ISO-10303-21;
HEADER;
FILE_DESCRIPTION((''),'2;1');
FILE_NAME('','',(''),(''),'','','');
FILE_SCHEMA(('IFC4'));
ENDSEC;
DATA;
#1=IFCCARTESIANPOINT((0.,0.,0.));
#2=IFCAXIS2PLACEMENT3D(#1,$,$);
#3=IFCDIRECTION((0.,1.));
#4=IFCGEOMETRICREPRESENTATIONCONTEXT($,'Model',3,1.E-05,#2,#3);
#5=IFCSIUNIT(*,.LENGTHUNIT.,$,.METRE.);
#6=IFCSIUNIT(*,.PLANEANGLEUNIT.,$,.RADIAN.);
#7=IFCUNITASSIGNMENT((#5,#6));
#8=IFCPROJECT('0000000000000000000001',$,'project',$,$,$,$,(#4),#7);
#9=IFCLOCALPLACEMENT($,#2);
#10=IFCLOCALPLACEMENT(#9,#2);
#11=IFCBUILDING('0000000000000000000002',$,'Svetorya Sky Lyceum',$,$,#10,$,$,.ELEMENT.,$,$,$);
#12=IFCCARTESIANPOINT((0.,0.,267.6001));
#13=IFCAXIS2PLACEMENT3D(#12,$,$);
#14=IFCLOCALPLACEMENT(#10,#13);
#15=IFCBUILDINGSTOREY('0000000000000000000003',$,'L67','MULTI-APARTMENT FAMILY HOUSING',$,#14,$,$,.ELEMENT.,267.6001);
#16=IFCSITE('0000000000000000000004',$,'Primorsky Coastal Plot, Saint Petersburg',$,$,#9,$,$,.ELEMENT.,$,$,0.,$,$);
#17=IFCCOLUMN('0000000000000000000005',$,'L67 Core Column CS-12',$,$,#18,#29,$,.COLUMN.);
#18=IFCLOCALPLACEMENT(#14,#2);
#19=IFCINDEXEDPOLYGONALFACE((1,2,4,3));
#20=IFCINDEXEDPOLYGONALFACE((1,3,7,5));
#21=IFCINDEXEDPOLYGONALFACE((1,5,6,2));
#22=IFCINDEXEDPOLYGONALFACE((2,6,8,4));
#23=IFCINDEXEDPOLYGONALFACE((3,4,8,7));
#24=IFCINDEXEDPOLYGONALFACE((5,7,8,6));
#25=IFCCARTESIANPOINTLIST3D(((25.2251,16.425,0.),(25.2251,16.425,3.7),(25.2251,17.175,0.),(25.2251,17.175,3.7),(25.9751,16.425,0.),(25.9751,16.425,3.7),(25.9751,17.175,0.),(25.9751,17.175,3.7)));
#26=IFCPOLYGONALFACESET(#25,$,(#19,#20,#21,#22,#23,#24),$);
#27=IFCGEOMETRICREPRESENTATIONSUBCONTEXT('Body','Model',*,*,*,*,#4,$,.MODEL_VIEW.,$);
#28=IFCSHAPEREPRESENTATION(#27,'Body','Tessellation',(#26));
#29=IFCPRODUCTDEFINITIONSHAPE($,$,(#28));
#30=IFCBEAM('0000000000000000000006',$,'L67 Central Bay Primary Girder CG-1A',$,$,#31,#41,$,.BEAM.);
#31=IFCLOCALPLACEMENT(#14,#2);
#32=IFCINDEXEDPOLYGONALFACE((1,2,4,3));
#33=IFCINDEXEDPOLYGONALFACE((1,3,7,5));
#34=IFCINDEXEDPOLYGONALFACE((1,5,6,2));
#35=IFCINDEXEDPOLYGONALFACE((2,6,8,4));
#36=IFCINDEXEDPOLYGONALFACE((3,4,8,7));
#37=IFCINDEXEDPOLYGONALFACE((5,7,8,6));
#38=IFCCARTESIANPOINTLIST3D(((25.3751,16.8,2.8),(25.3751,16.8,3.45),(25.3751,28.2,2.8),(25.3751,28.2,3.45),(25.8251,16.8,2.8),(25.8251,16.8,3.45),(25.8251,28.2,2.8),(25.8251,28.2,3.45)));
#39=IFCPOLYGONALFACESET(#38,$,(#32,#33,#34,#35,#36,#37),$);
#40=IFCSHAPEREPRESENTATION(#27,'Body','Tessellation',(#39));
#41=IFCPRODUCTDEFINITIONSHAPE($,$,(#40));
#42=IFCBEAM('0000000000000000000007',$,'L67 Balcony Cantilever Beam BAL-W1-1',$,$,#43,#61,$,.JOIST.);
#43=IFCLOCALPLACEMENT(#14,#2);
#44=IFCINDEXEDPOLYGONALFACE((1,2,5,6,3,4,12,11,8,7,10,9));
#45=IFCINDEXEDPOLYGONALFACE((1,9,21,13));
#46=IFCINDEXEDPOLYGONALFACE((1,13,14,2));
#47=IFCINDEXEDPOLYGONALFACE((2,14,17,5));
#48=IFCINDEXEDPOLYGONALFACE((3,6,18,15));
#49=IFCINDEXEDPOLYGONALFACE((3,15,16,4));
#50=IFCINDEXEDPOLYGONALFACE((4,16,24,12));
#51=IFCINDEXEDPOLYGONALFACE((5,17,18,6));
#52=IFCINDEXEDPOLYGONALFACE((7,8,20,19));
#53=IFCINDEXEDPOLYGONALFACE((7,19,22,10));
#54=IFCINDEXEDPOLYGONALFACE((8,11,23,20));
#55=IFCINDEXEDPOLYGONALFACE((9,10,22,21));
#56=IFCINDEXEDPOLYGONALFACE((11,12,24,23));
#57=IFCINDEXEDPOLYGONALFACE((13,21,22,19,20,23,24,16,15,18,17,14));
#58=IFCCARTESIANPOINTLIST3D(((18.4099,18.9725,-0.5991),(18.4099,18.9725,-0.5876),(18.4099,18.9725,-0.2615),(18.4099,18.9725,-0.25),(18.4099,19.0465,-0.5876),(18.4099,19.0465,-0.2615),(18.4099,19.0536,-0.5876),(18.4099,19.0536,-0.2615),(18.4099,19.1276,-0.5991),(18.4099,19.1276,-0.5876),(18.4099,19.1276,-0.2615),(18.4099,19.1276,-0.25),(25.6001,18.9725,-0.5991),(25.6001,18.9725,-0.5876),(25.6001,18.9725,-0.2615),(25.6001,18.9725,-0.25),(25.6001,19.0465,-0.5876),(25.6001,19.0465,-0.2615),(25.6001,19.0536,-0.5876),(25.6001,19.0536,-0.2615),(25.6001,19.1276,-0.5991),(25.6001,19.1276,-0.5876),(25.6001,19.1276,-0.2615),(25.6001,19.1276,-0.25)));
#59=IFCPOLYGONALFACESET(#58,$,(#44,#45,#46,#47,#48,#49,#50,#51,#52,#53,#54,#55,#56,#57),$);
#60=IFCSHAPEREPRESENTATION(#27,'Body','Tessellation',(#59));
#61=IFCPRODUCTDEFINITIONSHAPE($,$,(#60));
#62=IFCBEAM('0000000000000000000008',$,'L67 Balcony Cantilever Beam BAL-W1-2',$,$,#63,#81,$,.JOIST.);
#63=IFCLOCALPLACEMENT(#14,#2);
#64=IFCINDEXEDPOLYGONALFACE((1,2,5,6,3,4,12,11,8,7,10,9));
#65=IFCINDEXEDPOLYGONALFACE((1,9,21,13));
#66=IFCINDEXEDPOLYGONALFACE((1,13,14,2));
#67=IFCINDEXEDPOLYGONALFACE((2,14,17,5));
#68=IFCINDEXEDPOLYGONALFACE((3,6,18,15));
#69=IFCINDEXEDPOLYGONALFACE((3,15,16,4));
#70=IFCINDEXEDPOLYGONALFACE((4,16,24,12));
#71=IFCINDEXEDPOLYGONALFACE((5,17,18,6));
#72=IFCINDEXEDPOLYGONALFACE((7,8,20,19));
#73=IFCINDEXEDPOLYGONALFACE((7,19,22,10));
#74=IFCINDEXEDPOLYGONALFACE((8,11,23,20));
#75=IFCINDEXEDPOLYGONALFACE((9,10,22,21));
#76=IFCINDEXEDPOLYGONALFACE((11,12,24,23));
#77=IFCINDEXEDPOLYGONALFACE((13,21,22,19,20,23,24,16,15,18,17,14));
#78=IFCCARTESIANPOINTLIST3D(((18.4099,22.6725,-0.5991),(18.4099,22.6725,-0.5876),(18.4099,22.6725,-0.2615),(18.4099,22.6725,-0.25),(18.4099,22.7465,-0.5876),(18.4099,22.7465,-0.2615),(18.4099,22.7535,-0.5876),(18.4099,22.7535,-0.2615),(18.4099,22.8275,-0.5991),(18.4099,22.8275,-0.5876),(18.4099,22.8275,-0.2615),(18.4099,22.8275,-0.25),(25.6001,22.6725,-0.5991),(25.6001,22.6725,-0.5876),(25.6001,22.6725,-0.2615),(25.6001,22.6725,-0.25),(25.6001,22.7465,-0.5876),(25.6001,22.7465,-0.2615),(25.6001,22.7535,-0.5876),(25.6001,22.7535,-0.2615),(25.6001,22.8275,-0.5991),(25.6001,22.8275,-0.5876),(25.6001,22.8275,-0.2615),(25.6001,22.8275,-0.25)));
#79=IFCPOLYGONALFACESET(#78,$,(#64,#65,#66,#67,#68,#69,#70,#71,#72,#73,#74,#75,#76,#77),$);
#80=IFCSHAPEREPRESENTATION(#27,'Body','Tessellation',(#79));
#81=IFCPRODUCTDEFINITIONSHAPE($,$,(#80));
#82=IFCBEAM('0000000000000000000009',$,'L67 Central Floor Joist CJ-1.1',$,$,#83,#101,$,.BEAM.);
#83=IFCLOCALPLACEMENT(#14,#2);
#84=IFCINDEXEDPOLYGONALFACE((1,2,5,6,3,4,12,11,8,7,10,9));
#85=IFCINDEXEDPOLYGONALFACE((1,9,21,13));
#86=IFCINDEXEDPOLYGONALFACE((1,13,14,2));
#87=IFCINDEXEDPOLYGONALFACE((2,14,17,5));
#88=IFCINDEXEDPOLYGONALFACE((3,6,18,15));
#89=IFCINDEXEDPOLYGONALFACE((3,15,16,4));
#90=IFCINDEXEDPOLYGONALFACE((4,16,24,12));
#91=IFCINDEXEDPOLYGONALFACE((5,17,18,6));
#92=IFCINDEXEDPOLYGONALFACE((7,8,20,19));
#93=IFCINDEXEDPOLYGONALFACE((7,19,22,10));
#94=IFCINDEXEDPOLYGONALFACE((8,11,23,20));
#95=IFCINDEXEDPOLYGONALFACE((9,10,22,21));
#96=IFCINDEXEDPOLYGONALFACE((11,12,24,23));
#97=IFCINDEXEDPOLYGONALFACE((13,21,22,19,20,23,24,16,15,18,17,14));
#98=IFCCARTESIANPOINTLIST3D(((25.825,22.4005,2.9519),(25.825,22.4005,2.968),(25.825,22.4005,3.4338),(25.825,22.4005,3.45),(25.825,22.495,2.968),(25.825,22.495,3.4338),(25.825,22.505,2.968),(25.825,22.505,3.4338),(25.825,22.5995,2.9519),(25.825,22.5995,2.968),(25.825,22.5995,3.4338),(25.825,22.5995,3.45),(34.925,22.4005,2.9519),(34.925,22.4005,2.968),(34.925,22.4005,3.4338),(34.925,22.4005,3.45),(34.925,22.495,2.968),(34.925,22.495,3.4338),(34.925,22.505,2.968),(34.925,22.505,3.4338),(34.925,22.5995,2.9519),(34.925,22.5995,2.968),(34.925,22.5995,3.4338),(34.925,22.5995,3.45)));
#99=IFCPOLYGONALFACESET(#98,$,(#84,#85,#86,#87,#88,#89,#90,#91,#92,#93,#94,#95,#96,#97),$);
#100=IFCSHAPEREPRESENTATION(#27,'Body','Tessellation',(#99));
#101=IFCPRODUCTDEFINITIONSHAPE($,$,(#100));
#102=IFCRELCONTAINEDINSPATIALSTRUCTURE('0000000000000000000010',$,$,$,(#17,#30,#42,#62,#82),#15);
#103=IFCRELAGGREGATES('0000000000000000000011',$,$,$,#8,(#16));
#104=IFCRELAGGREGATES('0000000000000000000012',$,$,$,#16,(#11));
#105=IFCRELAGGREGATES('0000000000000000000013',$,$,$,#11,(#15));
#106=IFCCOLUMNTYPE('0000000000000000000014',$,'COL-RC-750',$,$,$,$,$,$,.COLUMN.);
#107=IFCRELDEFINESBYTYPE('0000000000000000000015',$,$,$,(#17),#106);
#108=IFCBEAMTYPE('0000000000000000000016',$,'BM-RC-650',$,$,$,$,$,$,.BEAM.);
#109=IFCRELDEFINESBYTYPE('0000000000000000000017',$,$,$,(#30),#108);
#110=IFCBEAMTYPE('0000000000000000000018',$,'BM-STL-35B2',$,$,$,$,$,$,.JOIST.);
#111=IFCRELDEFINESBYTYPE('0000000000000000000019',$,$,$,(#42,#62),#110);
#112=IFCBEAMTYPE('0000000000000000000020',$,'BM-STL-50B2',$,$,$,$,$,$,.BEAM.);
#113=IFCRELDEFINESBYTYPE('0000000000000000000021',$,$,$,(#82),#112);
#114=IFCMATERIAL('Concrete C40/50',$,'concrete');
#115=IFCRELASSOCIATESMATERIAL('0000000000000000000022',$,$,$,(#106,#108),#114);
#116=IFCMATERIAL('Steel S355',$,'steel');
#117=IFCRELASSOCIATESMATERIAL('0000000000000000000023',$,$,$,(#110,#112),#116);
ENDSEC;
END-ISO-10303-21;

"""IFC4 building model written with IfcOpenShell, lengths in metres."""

from ifc_helpers import new_model, si_unit, direction, frame, origin, origin_2d, place, context, subcontext, project, spatial, rectangle, i_section, extrude, material, material_profile, profile_set, type_object, element, save


model = new_model("IFC4")

# Units and contexts
model_context = context("Model", 3, precision=1e-05, world=origin(), true_north=direction((0.0, 1.0)))
body_context = subcontext(model_context, "Body", "Model", "MODEL_VIEW")
ifc_project = project(units=[si_unit("LENGTHUNIT", "METRE"), si_unit("PLANEANGLEUNIT", "RADIAN")], contexts=[model_context])

# Site, building, storey
site_placement = place(None, origin())
site = spatial("IfcSite", under=ifc_project, at=site_placement, Name="Primorsky Coastal Plot, Saint Petersburg", CompositionType="ELEMENT", RefElevation=0.0)
building_placement = place(site_placement, origin())
building = spatial("IfcBuilding", under=site, at=building_placement, Name="Svetorya Sky Lyceum", CompositionType="ELEMENT")
storey_placement = place(building_placement, frame((0.0, 0.0, 267.6001)))
storey = spatial("IfcBuildingStorey", under=building, at=storey_placement, Name="L67", Description="MULTI-APARTMENT FAMILY HOUSING", CompositionType="ELEMENT", Elevation=267.6001)

# Column
ifc_material_1 = material(Name="Concrete C40/50", Category="concrete")
ifc_material_profile_1 = material_profile(ifc_material_1, rectangle(XDim=0.75, YDim=0.75, at=origin_2d()), Name="RC COL 750x750")
ifc_profile_set_1 = profile_set([ifc_material_profile_1], Name="Concrete C40/50")
column_type = type_object("IfcColumnType", Name="COL-RC-750", PredefinedType="COLUMN", material=ifc_profile_set_1)
column_placement = place(storey_placement, frame((25.6001, 16.8, 0.0), z_axis=(0.0, 0.0, 1.0), x_axis=(1.0, 0.0, 0.0)))
element("IfcColumn", 1, at=column_placement, inside=storey, type_object=column_type, Name="L67 Core Column CS-12", PredefinedType="COLUMN", context=body_context, shape_type="SweptSolid", body=[
    extrude(rectangle(XDim=0.75, YDim=0.75, at=origin_2d()), origin(), (0.0, 0.0, 1.0), 3.7),
])

# Beams
ifc_material_profile_2 = material_profile(ifc_material_1, rectangle(XDim=0.45, YDim=0.6499, at=origin_2d()), Name="RC BEAM 450x650")
ifc_profile_set_2 = profile_set([ifc_material_profile_2], Name="Concrete C40/50")
beam_type_1 = type_object("IfcBeamType", Name="BM-RC-650", PredefinedType="BEAM", material=ifc_profile_set_2)
beam_1_placement = place(storey_placement, frame((25.6001, 16.8, 3.125), z_axis=(0.0, 1.0, 0.0), x_axis=(-1.0, 0.0, 0.0)))
element("IfcBeam", 2, at=beam_1_placement, inside=storey, type_object=beam_type_1, Name="L67 Central Bay Primary Girder CG-1A", PredefinedType="BEAM", context=body_context, shape_type="SweptSolid", body=[
    extrude(rectangle(XDim=0.45, YDim=0.6499, at=origin_2d()), origin(), (0.0, 0.0, 1.0), 11.3999),
])
ifc_material_2 = material(Name="Steel S355", Category="steel")
ifc_material_profile_3 = material_profile(ifc_material_2, i_section(OverallWidth=0.155, OverallDepth=0.3491, WebThickness=0.0071, FlangeThickness=0.0115, at=origin_2d()), Name="GOST 35B2")
ifc_profile_set_3 = profile_set([ifc_material_profile_3], Name="Steel S355")
beam_type_2 = type_object("IfcBeamType", Name="BM-STL-35B2", PredefinedType="JOIST", material=ifc_profile_set_3)
for number, where, z_axis, x_axis, name in (
    (3, (25.6001, 19.05, -0.4246), (-1.0, 0.0, 0.0), (0.0, -1.0, 0.0), "L67 Balcony Cantilever Beam BAL-W1-1"),
    (4, (25.6001, 22.75, -0.4246), (-1.0, 0.0, 0.0), (0.0, -1.0, 0.0), "L67 Balcony Cantilever Beam BAL-W1-2"),
):
    element("IfcBeam", number, at=place(storey_placement, frame(where, z_axis=z_axis, x_axis=x_axis)), inside=storey, type_object=beam_type_2, Name=name, PredefinedType="JOIST", context=body_context, shape_type="SweptSolid", body=[
        extrude(i_section(OverallWidth=0.155, OverallDepth=0.3491, WebThickness=0.0071, FlangeThickness=0.0115, at=origin_2d()), origin(), (0.0, 0.0, 1.0), 7.1902),
    ])
ifc_material_profile_4 = material_profile(ifc_material_2, i_section(OverallWidth=0.199, OverallDepth=0.498, WebThickness=0.01, FlangeThickness=0.0161, at=origin_2d()), Name="GOST 50B2")
ifc_profile_set_4 = profile_set([ifc_material_profile_4], Name="Steel S355")
beam_type_3 = type_object("IfcBeamType", Name="BM-STL-50B2", PredefinedType="BEAM", material=ifc_profile_set_4)
beam_2_placement = place(storey_placement, frame((25.825, 22.5, 3.2009), z_axis=(1.0, 0.0, 0.0), x_axis=(0.0, 1.0, 0.0)))
element("IfcBeam", 5, at=beam_2_placement, inside=storey, type_object=beam_type_3, Name="L67 Central Floor Joist CJ-1.1", PredefinedType="BEAM", context=body_context, shape_type="SweptSolid", body=[
    extrude(i_section(OverallWidth=0.199, OverallDepth=0.498, WebThickness=0.01, FlangeThickness=0.0161, at=origin_2d()), origin(), (0.0, 0.0, 1.0), 9.1001),
])

save(model, "model.ifc")
